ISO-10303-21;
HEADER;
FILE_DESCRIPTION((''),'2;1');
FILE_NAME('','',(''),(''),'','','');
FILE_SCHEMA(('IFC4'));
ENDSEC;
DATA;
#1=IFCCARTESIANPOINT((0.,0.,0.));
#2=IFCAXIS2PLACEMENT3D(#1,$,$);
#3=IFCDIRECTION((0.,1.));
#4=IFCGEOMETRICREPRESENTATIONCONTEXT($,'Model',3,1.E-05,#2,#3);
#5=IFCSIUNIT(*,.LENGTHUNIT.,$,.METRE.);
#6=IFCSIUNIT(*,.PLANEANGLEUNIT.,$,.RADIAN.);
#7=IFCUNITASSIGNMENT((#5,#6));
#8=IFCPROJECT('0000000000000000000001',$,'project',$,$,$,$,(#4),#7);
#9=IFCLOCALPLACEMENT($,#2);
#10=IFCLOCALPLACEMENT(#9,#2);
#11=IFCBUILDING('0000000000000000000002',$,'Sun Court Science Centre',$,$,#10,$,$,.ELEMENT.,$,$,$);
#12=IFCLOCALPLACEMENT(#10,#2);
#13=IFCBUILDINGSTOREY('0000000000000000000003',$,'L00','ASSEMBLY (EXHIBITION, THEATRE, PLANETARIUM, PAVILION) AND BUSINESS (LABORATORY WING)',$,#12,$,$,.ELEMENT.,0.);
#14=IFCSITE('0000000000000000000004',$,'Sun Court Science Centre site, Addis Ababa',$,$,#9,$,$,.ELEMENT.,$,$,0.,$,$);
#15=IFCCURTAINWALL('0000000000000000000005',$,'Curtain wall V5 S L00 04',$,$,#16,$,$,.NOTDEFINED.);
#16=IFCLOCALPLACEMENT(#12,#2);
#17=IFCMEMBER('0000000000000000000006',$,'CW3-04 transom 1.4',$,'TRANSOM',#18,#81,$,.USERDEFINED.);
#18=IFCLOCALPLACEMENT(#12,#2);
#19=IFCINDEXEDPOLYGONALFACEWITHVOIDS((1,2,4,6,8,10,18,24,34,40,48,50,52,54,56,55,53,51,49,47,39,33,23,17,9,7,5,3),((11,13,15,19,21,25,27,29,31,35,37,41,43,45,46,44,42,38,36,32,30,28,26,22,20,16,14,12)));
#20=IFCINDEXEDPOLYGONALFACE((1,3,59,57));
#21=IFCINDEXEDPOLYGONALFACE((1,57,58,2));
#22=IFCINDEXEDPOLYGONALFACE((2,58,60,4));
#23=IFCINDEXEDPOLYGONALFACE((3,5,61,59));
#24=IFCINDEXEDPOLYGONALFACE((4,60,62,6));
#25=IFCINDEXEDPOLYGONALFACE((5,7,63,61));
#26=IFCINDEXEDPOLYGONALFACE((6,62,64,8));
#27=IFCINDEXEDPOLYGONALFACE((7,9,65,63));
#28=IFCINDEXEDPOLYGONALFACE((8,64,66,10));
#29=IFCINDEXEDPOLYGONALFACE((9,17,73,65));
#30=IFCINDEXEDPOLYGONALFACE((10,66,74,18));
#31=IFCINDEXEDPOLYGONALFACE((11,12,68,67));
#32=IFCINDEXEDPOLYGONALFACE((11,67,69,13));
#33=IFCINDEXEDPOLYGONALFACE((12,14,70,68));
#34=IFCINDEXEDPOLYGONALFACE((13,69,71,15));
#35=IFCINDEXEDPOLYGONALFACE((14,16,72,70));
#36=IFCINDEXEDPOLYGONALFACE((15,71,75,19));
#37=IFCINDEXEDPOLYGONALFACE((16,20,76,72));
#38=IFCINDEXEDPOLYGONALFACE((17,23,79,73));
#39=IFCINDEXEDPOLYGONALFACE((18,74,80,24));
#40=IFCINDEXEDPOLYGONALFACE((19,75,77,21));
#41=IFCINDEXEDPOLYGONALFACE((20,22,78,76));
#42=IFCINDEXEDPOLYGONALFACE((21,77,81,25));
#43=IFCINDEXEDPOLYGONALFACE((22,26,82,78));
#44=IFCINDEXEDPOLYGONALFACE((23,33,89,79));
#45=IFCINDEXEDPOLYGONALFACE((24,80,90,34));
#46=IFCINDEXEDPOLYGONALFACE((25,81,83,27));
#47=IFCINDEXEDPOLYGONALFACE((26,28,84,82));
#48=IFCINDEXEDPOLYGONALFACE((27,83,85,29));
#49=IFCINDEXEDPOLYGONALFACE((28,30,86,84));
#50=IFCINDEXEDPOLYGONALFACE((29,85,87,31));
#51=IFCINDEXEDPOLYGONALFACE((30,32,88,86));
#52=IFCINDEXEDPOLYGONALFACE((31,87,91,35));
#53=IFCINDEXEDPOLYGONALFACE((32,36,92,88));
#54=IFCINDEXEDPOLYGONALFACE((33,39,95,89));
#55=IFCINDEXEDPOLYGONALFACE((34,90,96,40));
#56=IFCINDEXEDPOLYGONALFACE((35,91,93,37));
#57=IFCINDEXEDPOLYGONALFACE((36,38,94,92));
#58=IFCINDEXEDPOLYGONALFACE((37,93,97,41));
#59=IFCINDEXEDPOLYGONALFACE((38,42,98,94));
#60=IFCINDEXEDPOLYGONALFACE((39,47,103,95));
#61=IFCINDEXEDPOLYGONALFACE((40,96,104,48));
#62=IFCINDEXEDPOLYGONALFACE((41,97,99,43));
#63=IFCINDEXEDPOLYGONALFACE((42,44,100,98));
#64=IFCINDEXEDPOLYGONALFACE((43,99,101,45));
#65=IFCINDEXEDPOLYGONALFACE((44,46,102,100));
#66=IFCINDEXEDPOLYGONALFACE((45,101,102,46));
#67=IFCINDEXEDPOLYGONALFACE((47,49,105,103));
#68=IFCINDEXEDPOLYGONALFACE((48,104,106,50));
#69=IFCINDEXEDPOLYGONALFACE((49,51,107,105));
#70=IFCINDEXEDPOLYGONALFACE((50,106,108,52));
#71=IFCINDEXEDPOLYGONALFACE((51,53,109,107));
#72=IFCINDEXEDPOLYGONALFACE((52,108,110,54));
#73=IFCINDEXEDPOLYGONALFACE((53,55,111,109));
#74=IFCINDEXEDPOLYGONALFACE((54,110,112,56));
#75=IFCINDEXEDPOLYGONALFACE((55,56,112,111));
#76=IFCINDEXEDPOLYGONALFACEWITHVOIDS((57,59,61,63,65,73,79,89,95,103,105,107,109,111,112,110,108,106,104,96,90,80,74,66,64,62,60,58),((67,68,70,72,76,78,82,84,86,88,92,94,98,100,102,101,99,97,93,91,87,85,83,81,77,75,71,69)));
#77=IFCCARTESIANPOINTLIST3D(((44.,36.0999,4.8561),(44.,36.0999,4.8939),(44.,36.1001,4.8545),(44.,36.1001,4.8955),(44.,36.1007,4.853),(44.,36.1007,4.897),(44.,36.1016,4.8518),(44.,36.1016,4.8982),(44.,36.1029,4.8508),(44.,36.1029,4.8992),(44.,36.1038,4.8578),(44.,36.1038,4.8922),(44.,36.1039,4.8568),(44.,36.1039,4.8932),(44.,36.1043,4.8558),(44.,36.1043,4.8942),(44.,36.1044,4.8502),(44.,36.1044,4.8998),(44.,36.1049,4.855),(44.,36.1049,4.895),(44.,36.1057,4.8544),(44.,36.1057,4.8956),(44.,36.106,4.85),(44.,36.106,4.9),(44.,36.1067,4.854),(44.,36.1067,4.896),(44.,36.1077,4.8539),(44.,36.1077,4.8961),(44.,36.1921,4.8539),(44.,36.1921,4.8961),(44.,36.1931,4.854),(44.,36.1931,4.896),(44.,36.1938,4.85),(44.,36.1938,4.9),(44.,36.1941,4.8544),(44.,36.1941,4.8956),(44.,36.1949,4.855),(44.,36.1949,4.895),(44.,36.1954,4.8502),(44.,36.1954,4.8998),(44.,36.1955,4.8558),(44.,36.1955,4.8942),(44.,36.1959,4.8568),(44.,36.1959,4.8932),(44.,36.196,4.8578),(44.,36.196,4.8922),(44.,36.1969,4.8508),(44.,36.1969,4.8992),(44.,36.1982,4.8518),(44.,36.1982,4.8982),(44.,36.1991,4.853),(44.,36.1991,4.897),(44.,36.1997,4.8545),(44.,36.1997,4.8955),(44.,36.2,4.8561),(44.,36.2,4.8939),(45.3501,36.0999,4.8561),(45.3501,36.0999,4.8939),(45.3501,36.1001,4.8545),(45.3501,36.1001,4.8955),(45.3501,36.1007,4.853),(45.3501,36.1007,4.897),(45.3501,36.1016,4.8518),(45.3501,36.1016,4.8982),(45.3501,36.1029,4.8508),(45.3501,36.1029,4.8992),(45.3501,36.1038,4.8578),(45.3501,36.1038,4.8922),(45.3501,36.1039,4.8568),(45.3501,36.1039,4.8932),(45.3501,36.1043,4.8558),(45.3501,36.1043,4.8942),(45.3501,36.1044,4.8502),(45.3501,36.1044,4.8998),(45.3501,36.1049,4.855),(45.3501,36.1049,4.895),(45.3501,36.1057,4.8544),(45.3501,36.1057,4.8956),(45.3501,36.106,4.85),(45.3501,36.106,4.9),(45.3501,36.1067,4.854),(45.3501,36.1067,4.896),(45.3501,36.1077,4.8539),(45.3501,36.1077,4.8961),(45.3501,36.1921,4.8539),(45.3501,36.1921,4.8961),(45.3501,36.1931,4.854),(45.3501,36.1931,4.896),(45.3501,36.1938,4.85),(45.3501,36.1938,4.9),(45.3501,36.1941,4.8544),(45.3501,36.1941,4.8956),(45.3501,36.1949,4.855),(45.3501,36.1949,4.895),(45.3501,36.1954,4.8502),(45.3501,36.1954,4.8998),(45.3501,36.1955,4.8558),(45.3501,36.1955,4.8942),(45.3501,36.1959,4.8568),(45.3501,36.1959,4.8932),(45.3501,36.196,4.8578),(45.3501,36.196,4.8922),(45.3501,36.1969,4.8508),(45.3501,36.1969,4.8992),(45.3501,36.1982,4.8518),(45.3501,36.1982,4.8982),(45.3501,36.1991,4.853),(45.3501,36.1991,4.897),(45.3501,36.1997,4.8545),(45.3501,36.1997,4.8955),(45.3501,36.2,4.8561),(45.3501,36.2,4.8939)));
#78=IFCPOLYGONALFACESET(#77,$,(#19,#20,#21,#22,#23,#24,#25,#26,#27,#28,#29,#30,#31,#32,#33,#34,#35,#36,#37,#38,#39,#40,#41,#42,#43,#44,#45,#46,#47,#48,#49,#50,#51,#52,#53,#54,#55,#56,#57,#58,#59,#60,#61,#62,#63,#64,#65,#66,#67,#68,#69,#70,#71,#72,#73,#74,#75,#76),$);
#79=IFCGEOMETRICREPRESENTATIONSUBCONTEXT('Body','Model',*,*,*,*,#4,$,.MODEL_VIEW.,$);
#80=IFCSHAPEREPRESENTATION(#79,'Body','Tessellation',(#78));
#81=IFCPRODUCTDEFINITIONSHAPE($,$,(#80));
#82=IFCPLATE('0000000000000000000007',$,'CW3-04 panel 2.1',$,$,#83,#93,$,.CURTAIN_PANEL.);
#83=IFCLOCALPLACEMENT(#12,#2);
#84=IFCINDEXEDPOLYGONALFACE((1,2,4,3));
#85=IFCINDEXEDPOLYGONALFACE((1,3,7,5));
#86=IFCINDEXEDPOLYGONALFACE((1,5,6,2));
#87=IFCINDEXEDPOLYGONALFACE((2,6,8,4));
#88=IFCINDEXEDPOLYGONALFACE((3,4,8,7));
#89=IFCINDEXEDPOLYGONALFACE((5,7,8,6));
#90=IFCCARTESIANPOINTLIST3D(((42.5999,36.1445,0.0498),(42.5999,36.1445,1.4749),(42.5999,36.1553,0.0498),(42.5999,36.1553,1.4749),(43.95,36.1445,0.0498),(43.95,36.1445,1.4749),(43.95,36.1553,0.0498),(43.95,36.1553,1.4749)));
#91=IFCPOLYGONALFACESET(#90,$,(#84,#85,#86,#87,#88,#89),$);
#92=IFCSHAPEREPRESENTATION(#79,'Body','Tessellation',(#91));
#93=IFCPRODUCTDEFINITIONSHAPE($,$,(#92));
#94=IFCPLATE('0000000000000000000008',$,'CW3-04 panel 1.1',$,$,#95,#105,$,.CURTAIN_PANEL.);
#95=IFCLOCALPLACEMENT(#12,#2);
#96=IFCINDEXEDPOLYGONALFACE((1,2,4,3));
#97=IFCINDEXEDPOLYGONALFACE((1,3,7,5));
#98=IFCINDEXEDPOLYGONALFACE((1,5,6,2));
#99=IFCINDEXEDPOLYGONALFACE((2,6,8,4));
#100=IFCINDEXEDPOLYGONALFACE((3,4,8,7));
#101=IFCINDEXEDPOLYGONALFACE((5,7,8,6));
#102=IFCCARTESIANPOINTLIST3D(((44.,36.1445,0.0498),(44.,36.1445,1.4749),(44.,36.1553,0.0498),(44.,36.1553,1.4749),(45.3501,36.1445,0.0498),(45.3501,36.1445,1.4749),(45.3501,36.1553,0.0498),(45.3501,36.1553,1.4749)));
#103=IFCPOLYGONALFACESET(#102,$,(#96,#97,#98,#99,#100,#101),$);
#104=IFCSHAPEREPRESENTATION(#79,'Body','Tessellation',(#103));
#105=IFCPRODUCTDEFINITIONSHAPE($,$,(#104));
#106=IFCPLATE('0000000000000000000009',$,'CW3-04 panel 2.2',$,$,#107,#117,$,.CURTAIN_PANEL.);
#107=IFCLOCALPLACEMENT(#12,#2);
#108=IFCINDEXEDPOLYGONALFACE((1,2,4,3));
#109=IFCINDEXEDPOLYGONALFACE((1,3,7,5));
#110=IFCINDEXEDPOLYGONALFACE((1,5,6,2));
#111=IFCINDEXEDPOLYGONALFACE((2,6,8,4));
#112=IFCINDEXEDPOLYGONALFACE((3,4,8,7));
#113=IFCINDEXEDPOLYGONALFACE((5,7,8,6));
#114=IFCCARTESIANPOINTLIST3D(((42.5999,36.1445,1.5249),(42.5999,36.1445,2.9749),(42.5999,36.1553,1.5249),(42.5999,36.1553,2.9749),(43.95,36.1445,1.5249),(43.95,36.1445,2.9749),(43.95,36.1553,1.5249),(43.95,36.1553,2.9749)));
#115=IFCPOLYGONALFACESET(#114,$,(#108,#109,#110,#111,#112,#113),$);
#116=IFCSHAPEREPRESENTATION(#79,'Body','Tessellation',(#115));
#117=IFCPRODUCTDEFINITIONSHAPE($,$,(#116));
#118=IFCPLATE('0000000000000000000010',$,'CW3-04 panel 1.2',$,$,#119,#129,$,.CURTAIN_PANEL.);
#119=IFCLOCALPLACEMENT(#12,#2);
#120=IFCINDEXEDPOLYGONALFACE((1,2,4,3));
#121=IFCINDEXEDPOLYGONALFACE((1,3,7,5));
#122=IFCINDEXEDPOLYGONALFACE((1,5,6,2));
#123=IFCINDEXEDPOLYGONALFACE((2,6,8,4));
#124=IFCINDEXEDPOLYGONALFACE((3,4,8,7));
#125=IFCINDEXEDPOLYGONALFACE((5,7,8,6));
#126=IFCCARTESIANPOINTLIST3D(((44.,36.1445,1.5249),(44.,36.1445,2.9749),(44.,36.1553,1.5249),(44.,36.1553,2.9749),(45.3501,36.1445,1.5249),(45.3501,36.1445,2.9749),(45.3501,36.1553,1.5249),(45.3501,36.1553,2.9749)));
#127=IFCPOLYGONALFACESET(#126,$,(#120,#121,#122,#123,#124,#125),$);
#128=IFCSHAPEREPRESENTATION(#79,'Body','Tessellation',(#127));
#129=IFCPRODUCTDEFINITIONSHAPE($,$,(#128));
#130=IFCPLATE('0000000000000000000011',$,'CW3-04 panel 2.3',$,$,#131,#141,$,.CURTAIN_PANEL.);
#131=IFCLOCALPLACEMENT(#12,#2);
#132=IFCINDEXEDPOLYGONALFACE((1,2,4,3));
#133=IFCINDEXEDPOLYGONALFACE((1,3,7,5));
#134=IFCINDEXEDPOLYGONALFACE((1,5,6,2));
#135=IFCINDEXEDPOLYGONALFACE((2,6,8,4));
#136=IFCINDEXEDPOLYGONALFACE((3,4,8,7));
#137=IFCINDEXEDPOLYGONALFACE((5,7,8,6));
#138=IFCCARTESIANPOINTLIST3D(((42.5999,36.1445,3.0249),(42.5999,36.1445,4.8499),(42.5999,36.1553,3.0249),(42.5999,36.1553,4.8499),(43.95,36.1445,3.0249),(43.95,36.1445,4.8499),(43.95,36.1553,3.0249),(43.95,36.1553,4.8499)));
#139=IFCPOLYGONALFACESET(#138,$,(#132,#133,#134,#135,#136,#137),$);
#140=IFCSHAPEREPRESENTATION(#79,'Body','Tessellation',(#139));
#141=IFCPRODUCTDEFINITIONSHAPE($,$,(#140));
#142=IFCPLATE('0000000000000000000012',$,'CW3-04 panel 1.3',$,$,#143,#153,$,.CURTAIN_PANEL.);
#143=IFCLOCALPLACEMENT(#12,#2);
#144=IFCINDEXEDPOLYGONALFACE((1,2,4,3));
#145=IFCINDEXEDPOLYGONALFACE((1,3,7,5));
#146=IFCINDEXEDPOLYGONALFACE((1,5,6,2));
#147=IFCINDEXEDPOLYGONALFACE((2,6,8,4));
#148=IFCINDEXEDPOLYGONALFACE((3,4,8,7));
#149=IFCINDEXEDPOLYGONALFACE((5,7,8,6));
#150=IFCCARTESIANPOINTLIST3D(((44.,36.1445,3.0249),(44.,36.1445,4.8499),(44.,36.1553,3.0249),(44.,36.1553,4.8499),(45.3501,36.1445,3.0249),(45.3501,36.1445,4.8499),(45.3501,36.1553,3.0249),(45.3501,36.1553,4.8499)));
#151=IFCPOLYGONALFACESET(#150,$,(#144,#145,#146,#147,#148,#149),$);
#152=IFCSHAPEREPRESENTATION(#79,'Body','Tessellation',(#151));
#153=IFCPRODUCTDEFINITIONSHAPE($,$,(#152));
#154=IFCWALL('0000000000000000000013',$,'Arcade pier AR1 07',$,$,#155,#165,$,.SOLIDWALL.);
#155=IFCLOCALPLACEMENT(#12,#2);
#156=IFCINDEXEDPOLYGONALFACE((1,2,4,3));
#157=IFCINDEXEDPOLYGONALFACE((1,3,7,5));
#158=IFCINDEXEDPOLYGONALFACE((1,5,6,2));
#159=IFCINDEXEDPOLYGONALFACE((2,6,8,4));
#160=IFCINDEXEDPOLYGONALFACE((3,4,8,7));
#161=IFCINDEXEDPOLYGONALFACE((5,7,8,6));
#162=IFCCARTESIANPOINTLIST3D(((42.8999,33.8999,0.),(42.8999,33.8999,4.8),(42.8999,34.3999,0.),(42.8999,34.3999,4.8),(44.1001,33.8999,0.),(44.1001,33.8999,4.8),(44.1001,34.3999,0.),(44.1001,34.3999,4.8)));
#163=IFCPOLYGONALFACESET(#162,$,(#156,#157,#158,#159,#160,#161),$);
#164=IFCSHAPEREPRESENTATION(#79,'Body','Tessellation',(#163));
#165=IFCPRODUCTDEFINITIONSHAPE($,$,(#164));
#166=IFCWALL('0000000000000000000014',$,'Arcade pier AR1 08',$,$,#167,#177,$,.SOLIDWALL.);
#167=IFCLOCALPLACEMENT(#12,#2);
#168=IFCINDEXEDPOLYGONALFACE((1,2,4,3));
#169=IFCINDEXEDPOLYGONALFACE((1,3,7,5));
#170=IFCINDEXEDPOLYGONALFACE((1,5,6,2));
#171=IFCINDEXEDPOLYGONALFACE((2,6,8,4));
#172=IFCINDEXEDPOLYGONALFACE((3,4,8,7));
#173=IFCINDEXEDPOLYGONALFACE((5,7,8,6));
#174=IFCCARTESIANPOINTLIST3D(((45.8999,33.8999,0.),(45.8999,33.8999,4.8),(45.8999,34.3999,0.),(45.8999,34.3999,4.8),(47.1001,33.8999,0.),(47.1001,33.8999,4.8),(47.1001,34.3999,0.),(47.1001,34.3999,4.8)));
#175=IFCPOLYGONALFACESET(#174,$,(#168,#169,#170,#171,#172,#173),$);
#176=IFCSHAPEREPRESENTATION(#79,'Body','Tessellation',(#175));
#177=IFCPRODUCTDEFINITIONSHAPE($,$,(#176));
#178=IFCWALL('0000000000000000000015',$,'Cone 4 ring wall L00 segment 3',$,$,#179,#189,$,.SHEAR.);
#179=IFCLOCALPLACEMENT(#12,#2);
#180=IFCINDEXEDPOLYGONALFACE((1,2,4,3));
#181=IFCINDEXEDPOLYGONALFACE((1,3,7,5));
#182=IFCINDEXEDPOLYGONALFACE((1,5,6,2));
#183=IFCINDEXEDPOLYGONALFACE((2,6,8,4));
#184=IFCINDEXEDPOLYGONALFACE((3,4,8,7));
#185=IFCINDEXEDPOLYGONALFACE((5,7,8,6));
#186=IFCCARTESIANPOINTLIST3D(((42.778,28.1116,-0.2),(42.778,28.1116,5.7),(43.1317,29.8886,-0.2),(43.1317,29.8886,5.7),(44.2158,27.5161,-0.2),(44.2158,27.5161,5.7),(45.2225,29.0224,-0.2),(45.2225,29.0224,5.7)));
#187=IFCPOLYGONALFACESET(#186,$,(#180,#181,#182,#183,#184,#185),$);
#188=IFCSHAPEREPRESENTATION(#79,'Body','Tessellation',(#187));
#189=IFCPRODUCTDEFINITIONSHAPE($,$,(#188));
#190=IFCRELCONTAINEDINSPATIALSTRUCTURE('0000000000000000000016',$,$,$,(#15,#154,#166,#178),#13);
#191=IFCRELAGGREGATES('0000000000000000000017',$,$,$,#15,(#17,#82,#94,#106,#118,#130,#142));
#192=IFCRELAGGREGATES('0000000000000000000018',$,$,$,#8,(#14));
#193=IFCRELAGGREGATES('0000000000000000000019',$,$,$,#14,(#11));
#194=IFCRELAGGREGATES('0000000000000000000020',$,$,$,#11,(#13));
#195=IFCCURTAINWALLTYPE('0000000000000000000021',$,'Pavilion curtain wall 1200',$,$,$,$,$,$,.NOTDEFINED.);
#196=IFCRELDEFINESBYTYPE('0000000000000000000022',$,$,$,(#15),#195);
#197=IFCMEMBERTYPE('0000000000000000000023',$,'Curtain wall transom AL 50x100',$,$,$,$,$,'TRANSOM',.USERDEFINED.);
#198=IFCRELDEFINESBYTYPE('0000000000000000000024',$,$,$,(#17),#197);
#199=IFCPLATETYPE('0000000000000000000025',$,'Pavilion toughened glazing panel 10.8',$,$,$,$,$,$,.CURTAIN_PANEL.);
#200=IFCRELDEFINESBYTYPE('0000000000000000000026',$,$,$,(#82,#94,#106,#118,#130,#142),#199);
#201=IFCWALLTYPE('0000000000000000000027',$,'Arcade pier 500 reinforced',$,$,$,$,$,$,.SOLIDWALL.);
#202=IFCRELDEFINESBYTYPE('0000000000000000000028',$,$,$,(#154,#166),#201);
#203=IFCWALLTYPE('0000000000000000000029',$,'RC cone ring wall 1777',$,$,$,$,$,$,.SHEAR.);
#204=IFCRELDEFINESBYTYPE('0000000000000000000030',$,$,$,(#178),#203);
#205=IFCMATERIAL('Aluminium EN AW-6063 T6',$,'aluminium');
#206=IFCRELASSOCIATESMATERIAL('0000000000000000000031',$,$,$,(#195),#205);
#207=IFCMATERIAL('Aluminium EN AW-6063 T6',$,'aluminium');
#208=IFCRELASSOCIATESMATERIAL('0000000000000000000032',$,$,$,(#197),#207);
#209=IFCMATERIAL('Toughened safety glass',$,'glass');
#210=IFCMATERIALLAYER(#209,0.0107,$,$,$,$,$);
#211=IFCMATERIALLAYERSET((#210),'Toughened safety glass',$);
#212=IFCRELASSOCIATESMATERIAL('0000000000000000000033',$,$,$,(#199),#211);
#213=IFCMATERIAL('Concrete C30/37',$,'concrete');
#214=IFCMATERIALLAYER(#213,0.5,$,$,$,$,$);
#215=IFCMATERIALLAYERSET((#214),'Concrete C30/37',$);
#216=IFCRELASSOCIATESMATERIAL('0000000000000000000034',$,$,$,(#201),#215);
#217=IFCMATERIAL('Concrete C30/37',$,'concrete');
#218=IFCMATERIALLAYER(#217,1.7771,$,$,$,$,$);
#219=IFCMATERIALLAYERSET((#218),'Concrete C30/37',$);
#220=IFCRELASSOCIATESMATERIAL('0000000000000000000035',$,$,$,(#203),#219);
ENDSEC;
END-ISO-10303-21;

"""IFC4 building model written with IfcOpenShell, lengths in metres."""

from ifc_helpers import new_model, si_unit, direction, frame, frame_2d, origin, origin_2d, place, context, subcontext, project, spatial, polyline, rectangle, hollow_rectangle, outline, extrude, material, layer, layer_set, material_profile, profile_set, type_object, element, aggregate, save


model = new_model("IFC4")

# Units and contexts
model_context = context("Model", 3, precision=1e-05, world=origin(), true_north=direction((0.0, 1.0)))
body_context = subcontext(model_context, "Body", "Model", "MODEL_VIEW")
ifc_project = project(units=[si_unit("LENGTHUNIT", "METRE"), si_unit("PLANEANGLEUNIT", "RADIAN")], contexts=[model_context])

# Site, building, storey
site_placement = place(None, origin())
site = spatial("IfcSite", under=ifc_project, at=site_placement, Name="Sun Court Science Centre site, Addis Ababa", CompositionType="ELEMENT", RefElevation=0.0)
building_placement = place(site_placement, origin())
building = spatial("IfcBuilding", under=site, at=building_placement, Name="Sun Court Science Centre", CompositionType="ELEMENT")
storey_placement = place(building_placement, origin())
storey = spatial("IfcBuildingStorey", under=building, at=storey_placement, Name="L00", Description="ASSEMBLY (EXHIBITION, THEATRE, PLANETARIUM, PAVILION) AND BUSINESS (LABORATORY WING)", CompositionType="ELEMENT", Elevation=0.0)

# Curtain wall, member, plates
ifc_material_1 = material(Name="Aluminium EN AW-6063 T6", Category="aluminium")
curtain_wall_type = type_object("IfcCurtainWallType", Name="Pavilion curtain wall 1200", PredefinedType="NOTDEFINED", material=ifc_material_1)
curtain_wall_placement = place(storey_placement, origin())
curtain_wall = element("IfcCurtainWall", 1, at=curtain_wall_placement, inside=storey, type_object=curtain_wall_type, Name="Curtain wall V5 S L00 04", PredefinedType="NOTDEFINED")
ifc_material_2 = material(Name="Aluminium EN AW-6063 T6", Category="aluminium")
ifc_material_profile_1 = material_profile(ifc_material_2, hollow_rectangle(XDim=0.05, YDim=0.1001, WallThickness=0.0039, InnerFilletRadius=0.0039, OuterFilletRadius=0.0061, at=origin_2d()), Name="AL 50x100x4")
ifc_profile_set_1 = profile_set([ifc_material_profile_1], Name="Aluminium EN AW-6063 T6")
member_type_1 = type_object("IfcMemberType", Name="Curtain wall transom AL 50x100", ElementType="TRANSOM", PredefinedType="USERDEFINED", material=ifc_profile_set_1)
member_1_placement = place(storey_placement, frame((45.3501, 36.1499, 4.875), z_axis=(-1.0, 0.0, 0.0), x_axis=(0.0, 0.0, 1.0)))
member_1 = element("IfcMember", 2, at=member_1_placement, type_object=member_type_1, Name="CW3-04 transom 1.4", ObjectType="TRANSOM", PredefinedType="USERDEFINED", context=body_context, shape_type="SweptSolid", body=[
    extrude(hollow_rectangle(XDim=0.05, YDim=0.1001, WallThickness=0.0039, InnerFilletRadius=0.0039, OuterFilletRadius=0.0061, at=origin_2d()), origin(), (0.0, 0.0, 1.0), 1.3501),
])
ifc_material_3 = material(Name="Toughened safety glass", Category="glass")
ifc_layer_1 = layer(ifc_material_3, 0.0107)
ifc_layer_set_1 = layer_set([ifc_layer_1], Name="Toughened safety glass")
plate_type = type_object("IfcPlateType", Name="Pavilion toughened glazing panel 10.8", PredefinedType="CURTAIN_PANEL", material=ifc_layer_set_1)
plate_1_placement = place(storey_placement, frame((43.2749, 36.1499, 0.0498), z_axis=(0.0, 0.0, 1.0), x_axis=(-1.0, 0.0, 0.0)))
plate_1 = element("IfcPlate", 3, at=plate_1_placement, type_object=plate_type, Name="CW3-04 panel 2.1", PredefinedType="CURTAIN_PANEL", context=body_context, shape_type="SweptSolid", body=[
    extrude(rectangle(XDim=1.3501, YDim=0.0107, at=origin_2d()), origin(), (0.0, 0.0, 1.0), 1.425),
])
plate_2_placement = place(storey_placement, frame((44.675, 36.1499, 0.0498), z_axis=(0.0, 0.0, 1.0), x_axis=(-1.0, 0.0, 0.0)))
plate_2 = element("IfcPlate", 4, at=plate_2_placement, type_object=plate_type, Name="CW3-04 panel 1.1", PredefinedType="CURTAIN_PANEL", context=body_context, shape_type="SweptSolid", body=[
    extrude(rectangle(XDim=1.3501, YDim=0.0107, at=origin_2d()), origin(), (0.0, 0.0, 1.0), 1.425),
])
plate_3_placement = place(storey_placement, frame((43.2749, 36.1499, 1.5249), z_axis=(0.0, 0.0, 1.0), x_axis=(-1.0, 0.0, 0.0)))
plate_3 = element("IfcPlate", 5, at=plate_3_placement, type_object=plate_type, Name="CW3-04 panel 2.2", PredefinedType="CURTAIN_PANEL", context=body_context, shape_type="SweptSolid", body=[
    extrude(rectangle(XDim=1.3501, YDim=0.0107, at=origin_2d()), origin(), (0.0, 0.0, 1.0), 1.45),
])
plate_4_placement = place(storey_placement, frame((44.675, 36.1499, 1.5249), z_axis=(0.0, 0.0, 1.0), x_axis=(-1.0, 0.0, 0.0)))
plate_4 = element("IfcPlate", 6, at=plate_4_placement, type_object=plate_type, Name="CW3-04 panel 1.2", PredefinedType="CURTAIN_PANEL", context=body_context, shape_type="SweptSolid", body=[
    extrude(rectangle(XDim=1.3501, YDim=0.0107, at=origin_2d()), origin(), (0.0, 0.0, 1.0), 1.45),
])
plate_5_placement = place(storey_placement, frame((43.2749, 36.1499, 3.0249), z_axis=(0.0, 0.0, 1.0), x_axis=(-1.0, 0.0, 0.0)))
plate_5 = element("IfcPlate", 7, at=plate_5_placement, type_object=plate_type, Name="CW3-04 panel 2.3", PredefinedType="CURTAIN_PANEL", context=body_context, shape_type="SweptSolid", body=[
    extrude(rectangle(XDim=1.3501, YDim=0.0107, at=origin_2d()), origin(), (0.0, 0.0, 1.0), 1.825),
])
plate_6_placement = place(storey_placement, frame((44.675, 36.1499, 3.0249), z_axis=(0.0, 0.0, 1.0), x_axis=(-1.0, 0.0, 0.0)))
plate_6 = element("IfcPlate", 8, at=plate_6_placement, type_object=plate_type, Name="CW3-04 panel 1.3", PredefinedType="CURTAIN_PANEL", context=body_context, shape_type="SweptSolid", body=[
    extrude(rectangle(XDim=1.3501, YDim=0.0107, at=origin_2d()), origin(), (0.0, 0.0, 1.0), 1.825),
])
aggregate(curtain_wall, [member_1, plate_1, plate_2, plate_3, plate_4, plate_5, plate_6])

# Walls
ifc_material_4 = material(Name="Concrete C30/37", Category="concrete")
ifc_layer_2 = layer(ifc_material_4, 0.5)
ifc_layer_set_2 = layer_set([ifc_layer_2], Name="Concrete C30/37")
wall_type_1 = type_object("IfcWallType", Name="Arcade pier 500 reinforced", PredefinedType="SOLIDWALL", material=ifc_layer_set_2)
for number, where, z_axis, x_axis, name in (
    (9, (42.8999, 34.1499, 0.0), (0.0, 0.0, 1.0), (1.0, 0.0, 0.0), "Arcade pier AR1 07"),
    (10, (45.8999, 34.1499, 0.0), (0.0, 0.0, 1.0), (1.0, 0.0, 0.0), "Arcade pier AR1 08"),
):
    element("IfcWall", number, at=place(storey_placement, frame(where, z_axis=z_axis, x_axis=x_axis)), inside=storey, type_object=wall_type_1, Name=name, PredefinedType="SOLIDWALL", context=body_context, shape_type="SweptSolid", body=[
        extrude(rectangle(XDim=1.2002, YDim=0.5, at=frame_2d((0.6001, 0.0))), origin(), (0.0, 0.0, 1.0), 4.8),
    ])
ifc_material_5 = material(Name="Concrete C30/37", Category="concrete")
ifc_layer_3 = layer(ifc_material_5, 1.7771)
ifc_layer_set_3 = layer_set([ifc_layer_3], Name="Concrete C30/37")
wall_type_2 = type_object("IfcWallType", Name="RC cone ring wall 1777", PredefinedType="SHEAR", material=ifc_layer_set_3)
wall_1_placement = place(storey_placement, frame((44.8823, 28.2017, -0.2), z_axis=(0.0, 0.0, 1.0), x_axis=(-0.923892, 0.382654, 0.0)))
element("IfcWall", 11, at=wall_1_placement, inside=storey, type_object=wall_type_2, Name="Cone 4 ring wall L00 segment 3", PredefinedType="SHEAR", context=body_context, shape_type="SweptSolid", body=[
    extrude(outline(polyline([(-0.0002, -0.8884), (2.2629, -0.8887), (1.9097, 0.8884), (0.3535, 0.8884), (-0.0002, -0.8884)])), origin(), (0.0, 0.0, 1.0), 5.8999),
])

save(model, "model.ifc")
